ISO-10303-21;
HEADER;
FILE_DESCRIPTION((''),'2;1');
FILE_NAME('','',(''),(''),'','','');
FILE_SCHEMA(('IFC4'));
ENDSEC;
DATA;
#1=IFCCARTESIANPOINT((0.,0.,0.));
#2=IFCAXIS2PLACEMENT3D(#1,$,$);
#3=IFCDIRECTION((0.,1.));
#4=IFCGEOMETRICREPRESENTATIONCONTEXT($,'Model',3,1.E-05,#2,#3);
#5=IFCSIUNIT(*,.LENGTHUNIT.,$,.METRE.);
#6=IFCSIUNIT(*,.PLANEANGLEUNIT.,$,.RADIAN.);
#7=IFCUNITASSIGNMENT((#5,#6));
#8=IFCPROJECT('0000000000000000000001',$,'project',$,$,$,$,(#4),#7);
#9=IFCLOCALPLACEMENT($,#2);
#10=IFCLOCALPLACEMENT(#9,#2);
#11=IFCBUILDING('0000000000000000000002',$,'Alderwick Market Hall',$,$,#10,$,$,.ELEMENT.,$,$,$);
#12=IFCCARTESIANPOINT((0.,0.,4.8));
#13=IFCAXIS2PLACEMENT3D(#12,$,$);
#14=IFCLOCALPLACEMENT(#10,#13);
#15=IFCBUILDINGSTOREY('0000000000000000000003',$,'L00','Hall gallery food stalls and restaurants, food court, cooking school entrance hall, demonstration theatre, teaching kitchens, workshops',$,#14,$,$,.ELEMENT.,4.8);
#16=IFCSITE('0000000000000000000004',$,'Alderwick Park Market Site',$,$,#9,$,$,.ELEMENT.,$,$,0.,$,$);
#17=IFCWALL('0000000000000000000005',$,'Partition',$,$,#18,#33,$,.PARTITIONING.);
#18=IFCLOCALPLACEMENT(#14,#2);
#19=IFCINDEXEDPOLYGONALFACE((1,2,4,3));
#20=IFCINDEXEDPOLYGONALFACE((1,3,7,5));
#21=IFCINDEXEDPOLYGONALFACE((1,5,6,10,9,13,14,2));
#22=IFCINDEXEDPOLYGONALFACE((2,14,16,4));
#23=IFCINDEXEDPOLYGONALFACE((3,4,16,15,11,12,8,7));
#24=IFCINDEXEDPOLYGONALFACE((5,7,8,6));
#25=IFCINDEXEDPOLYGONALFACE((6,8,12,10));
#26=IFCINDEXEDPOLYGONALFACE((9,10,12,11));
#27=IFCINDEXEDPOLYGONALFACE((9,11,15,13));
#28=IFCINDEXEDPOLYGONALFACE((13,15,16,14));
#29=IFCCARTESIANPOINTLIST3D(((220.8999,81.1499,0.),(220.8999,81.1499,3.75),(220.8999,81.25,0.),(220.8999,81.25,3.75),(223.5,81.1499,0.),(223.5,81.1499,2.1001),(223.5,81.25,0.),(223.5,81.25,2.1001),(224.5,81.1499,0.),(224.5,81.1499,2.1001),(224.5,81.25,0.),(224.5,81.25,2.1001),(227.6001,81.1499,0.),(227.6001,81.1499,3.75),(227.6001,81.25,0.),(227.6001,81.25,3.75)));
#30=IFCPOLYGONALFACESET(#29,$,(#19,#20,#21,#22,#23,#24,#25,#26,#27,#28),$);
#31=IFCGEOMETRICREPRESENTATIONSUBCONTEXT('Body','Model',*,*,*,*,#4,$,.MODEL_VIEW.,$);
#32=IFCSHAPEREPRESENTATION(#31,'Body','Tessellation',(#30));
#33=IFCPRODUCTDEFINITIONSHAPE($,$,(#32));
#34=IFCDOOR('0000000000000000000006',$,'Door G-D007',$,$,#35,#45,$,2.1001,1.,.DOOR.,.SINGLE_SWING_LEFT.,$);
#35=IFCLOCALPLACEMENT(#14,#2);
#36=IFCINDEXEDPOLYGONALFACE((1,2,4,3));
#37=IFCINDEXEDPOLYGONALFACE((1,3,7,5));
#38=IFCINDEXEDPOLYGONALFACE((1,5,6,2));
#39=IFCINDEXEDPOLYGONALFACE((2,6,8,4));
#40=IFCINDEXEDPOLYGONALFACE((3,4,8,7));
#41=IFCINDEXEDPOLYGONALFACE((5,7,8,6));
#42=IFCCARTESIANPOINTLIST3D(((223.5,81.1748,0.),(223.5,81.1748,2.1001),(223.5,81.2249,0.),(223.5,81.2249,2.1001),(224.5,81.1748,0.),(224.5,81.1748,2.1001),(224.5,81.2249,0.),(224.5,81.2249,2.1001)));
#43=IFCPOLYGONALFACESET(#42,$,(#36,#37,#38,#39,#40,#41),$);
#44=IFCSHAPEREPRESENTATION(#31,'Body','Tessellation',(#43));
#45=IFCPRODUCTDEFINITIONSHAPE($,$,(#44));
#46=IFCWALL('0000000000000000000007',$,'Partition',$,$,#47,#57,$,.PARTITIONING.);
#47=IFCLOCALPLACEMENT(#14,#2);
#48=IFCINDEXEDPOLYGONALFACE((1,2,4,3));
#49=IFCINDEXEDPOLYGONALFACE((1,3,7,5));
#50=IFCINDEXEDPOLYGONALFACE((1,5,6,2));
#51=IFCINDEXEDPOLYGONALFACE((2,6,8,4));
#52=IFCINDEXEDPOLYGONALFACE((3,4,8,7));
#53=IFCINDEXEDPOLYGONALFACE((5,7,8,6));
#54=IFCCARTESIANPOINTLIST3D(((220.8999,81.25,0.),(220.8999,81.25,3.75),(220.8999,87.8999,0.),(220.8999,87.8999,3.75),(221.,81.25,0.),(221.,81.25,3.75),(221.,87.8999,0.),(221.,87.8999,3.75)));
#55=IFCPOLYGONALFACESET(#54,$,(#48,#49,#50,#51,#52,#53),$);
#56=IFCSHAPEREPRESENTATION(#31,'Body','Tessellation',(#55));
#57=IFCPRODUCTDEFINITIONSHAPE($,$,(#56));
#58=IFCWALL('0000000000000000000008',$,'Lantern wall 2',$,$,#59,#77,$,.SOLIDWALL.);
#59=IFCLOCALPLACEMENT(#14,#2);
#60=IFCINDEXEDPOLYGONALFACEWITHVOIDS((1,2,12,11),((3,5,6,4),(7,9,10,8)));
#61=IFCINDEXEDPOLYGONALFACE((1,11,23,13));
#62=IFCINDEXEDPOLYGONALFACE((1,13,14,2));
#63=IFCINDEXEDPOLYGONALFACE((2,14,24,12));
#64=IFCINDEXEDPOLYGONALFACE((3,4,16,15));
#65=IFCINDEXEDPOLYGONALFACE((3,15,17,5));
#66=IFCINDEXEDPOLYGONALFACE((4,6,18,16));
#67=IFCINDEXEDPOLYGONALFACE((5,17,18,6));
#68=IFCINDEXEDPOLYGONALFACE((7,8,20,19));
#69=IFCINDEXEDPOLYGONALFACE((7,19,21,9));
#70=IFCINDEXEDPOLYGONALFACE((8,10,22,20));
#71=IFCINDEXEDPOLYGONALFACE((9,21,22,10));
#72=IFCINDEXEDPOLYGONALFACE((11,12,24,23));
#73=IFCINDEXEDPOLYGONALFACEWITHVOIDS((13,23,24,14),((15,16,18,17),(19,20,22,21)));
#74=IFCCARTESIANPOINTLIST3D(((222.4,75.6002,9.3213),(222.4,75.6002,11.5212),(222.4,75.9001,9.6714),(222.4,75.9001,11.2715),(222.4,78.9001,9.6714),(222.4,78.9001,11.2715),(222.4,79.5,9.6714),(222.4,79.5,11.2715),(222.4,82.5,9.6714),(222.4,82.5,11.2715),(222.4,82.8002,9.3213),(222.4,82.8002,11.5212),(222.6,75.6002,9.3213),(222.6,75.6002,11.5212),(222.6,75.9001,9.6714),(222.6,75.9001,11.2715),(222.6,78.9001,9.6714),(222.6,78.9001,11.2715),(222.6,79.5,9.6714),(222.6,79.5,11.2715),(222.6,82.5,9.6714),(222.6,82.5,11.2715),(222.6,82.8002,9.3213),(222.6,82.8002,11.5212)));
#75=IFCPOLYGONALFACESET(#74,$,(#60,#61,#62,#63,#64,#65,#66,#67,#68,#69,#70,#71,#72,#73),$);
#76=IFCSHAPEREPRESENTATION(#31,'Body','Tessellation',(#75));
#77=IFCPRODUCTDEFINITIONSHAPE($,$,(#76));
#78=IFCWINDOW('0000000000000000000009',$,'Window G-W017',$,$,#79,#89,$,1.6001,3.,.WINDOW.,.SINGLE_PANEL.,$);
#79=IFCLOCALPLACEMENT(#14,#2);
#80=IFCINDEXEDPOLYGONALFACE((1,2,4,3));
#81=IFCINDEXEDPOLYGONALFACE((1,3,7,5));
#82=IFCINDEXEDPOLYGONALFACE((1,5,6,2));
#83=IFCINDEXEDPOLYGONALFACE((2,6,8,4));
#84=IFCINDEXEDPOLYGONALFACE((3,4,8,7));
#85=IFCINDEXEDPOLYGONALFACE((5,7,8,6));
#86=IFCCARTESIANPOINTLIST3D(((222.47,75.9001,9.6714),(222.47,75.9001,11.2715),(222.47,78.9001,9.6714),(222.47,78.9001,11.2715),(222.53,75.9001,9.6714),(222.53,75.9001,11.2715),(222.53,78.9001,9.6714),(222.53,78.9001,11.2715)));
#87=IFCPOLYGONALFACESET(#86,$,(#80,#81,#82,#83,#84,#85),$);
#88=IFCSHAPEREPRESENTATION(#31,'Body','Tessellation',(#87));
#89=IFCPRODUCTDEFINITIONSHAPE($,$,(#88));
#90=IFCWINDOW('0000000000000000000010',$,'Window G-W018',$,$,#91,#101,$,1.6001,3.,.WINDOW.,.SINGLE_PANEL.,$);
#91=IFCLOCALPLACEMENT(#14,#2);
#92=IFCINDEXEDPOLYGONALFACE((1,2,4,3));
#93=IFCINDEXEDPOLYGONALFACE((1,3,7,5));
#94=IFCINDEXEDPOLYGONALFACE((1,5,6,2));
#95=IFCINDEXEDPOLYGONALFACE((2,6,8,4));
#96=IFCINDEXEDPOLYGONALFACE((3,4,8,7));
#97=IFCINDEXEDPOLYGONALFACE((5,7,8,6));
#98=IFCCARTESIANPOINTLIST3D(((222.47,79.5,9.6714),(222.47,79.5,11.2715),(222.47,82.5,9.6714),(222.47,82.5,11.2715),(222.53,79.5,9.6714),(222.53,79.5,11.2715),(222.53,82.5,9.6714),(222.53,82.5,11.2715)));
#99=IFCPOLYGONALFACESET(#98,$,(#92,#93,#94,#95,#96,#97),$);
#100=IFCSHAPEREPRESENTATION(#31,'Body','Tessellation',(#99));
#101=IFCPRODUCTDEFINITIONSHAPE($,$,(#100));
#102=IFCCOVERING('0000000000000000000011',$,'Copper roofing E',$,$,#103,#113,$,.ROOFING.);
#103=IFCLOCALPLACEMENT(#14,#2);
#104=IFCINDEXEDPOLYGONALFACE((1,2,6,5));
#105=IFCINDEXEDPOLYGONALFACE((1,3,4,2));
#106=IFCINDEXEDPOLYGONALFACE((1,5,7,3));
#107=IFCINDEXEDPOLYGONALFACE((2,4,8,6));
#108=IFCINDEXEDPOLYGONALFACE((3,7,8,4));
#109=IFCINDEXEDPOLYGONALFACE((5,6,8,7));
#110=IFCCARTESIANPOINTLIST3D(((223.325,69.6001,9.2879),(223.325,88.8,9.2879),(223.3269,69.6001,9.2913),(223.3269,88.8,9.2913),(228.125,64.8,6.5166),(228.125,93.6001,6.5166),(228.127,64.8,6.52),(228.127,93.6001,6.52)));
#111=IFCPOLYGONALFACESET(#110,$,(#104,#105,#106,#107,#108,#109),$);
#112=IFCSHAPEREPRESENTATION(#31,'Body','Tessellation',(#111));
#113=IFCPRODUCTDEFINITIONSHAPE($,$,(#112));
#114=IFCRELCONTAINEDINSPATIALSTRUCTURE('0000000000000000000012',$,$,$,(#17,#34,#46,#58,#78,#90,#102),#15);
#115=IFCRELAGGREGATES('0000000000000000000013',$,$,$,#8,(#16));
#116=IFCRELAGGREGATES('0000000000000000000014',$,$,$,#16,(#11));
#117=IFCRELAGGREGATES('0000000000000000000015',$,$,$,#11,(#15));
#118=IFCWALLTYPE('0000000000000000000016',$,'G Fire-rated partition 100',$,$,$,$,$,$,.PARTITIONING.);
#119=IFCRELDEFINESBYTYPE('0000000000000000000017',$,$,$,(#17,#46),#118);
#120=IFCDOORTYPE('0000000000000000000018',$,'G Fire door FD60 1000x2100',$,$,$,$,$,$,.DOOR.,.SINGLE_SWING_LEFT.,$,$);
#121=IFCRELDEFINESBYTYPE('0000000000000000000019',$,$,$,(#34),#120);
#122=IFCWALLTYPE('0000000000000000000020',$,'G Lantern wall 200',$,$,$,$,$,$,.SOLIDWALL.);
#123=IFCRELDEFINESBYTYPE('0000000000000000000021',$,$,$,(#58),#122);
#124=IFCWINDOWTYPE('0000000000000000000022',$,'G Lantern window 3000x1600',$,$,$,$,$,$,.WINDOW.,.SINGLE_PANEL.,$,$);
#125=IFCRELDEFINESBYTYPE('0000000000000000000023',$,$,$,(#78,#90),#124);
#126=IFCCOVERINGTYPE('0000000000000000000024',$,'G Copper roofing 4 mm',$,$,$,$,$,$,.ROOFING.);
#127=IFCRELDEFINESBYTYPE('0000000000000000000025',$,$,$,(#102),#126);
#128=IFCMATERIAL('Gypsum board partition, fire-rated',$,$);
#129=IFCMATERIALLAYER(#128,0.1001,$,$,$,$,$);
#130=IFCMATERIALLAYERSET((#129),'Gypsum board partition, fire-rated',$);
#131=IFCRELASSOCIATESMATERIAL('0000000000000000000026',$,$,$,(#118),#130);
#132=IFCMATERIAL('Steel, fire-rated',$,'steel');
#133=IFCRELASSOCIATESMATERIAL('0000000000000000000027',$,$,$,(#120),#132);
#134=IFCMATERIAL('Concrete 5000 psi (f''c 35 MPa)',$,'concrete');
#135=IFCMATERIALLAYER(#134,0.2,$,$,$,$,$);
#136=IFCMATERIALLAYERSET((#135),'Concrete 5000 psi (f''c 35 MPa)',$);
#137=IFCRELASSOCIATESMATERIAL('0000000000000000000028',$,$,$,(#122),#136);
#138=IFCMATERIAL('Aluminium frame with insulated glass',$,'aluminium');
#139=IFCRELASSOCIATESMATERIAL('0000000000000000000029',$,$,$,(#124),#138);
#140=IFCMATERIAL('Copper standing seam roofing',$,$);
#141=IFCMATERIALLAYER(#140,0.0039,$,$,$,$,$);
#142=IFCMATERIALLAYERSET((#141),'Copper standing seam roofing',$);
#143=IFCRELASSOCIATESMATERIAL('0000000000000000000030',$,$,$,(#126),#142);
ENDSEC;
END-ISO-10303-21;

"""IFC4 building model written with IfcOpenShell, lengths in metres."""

from ifc_helpers import new_model, si_unit, direction, frame, frame_2d, origin, place, context, subcontext, project, spatial, polyline, rectangle, outline, extrude, material, layer, layer_set, type_object, element, fill, save


model = new_model("IFC4")

# Units and contexts
model_context = context("Model", 3, precision=1e-05, world=origin(), true_north=direction((0.0, 1.0)))
body_context = subcontext(model_context, "Body", "Model", "MODEL_VIEW")
ifc_project = project(units=[si_unit("LENGTHUNIT", "METRE"), si_unit("PLANEANGLEUNIT", "RADIAN")], contexts=[model_context])

# Site, building, storey
site_placement = place(None, origin())
site = spatial("IfcSite", under=ifc_project, at=site_placement, Name="Alderwick Park Market Site", CompositionType="ELEMENT", RefElevation=0.0)
building_placement = place(site_placement, origin())
building = spatial("IfcBuilding", under=site, at=building_placement, Name="Alderwick Market Hall", CompositionType="ELEMENT")
storey_placement = place(building_placement, frame((0.0, 0.0, 4.8)))
storey = spatial("IfcBuildingStorey", under=building, at=storey_placement, Name="L00", Description="Hall gallery food stalls and restaurants, food court, cooking school entrance hall, demonstration theatre, teaching kitchens, workshops", CompositionType="ELEMENT", Elevation=4.8)

# Shared definitions
ifc_material_1 = material(Name="Concrete 5000 psi (f'c 35 MPa)", Category="concrete")

# Shared definitions
ifc_material_2 = material(Name="Steel, fire-rated", Category="steel")
ifc_material_3 = material(Name="Aluminium frame with insulated glass", Category="aluminium")

# Wall, opening, door
ifc_material_4 = material(Name="Gypsum board partition, fire-rated")
ifc_layer_1 = layer(ifc_material_4, 0.1001)
ifc_layer_set_1 = layer_set([ifc_layer_1], Name="Gypsum board partition, fire-rated")
wall_type_1 = type_object("IfcWallType", Name="G Fire-rated partition 100", PredefinedType="PARTITIONING", material=ifc_layer_set_1)
wall_1_placement = place(storey_placement, frame((220.8999, 81.2, 0.0), z_axis=(0.0, 0.0, 1.0), x_axis=(1.0, 0.0, 0.0)))
wall_1 = element("IfcWall", 1, at=wall_1_placement, inside=storey, type_object=wall_type_1, Name="Partition", PredefinedType="PARTITIONING", context=body_context, shape_type="SweptSolid", body=[
    extrude(rectangle(XDim=6.7002, YDim=0.1001, at=frame_2d((3.3501, 0.0))), origin(), (0.0, 0.0, 1.0), 3.75),
])
opening_1_placement = place(wall_1_placement, frame((2.6001, 0.0, 0.0)))
opening_1 = element("IfcOpeningElement", 2, at=opening_1_placement, cuts=wall_1, PredefinedType="OPENING", context=body_context, shape_type="SweptSolid", body=[
    extrude(rectangle(XDim=1.0, YDim=2.1001, at=frame_2d((0.5, 1.05))), frame((0.0, 0.0601, 0.0), z_axis=(0.0, -1.0, 0.0), x_axis=(1.0, 0.0, 0.0)), (0.0, 0.0, 1.0), 0.1201),
])
door_type_1 = type_object("IfcDoorType", Name="G Fire door FD60 1000x2100", OperationType="SINGLE_SWING_LEFT", PredefinedType="DOOR", material=ifc_material_2)
door_1_placement = place(opening_1_placement, origin())
door_1 = element("IfcDoor", 3, at=door_1_placement, inside=storey, type_object=door_type_1, Name="Door G-D007", OperationType="SINGLE_SWING_LEFT", OverallHeight=2.1001, OverallWidth=1.0, PredefinedType="DOOR", context=body_context, shape_type="SweptSolid", body=[
    extrude(rectangle(XDim=1.0, YDim=2.1001, at=frame_2d((0.5, 1.05))), frame((0.0, 0.0249, 0.0), z_axis=(0.0, -1.0, 0.0), x_axis=(1.0, 0.0, 0.0)), (0.0, 0.0, 1.0), 0.05),
])
fill(opening_1, door_1)

# Wall
wall_2_placement = place(storey_placement, frame((220.95, 81.25, 0.0), z_axis=(0.0, 0.0, 1.0), x_axis=(0.0, 1.0, 0.0)))
element("IfcWall", 4, at=wall_2_placement, inside=storey, type_object=wall_type_1, Name="Partition", PredefinedType="PARTITIONING", context=body_context, shape_type="SweptSolid", body=[
    extrude(rectangle(XDim=6.6499, YDim=0.1001, at=frame_2d((3.325, 0.0))), origin(), (0.0, 0.0, 1.0), 3.75),
])

# Wall, openings, windows
ifc_layer_2 = layer(ifc_material_1, 0.2)
ifc_layer_set_2 = layer_set([ifc_layer_2], Name="Concrete 5000 psi (f'c 35 MPa)")
wall_type_2 = type_object("IfcWallType", Name="G Lantern wall 200", PredefinedType="SOLIDWALL", material=ifc_layer_set_2)
wall_3_placement = place(storey_placement, frame((222.5, 75.6001, 9.3213), z_axis=(0.0, 0.0, 1.0), x_axis=(0.0, 1.0, 0.0)))
wall_3 = element("IfcWall", 5, at=wall_3_placement, inside=storey, type_object=wall_type_2, Name="Lantern wall 2", PredefinedType="SOLIDWALL", context=body_context, shape_type="SweptSolid", body=[
    extrude(rectangle(XDim=7.2, YDim=0.2, at=frame_2d((3.6001, 0.0))), origin(), (0.0, 0.0, 1.0), 2.2),
])
opening_2_placement = place(wall_3_placement, frame((0.3, 0.0, 0.3501)))
opening_2 = element("IfcOpeningElement", 6, at=opening_2_placement, cuts=wall_3, PredefinedType="OPENING", context=body_context, shape_type="SweptSolid", body=[
    extrude(rectangle(XDim=3.0, YDim=1.6001, at=frame_2d((1.5, 0.8))), frame((0.0, 0.1099, 0.0), z_axis=(0.0, -1.0, 0.0), x_axis=(1.0, 0.0, 0.0)), (0.0, 0.0, 1.0), 0.22),
])
opening_3_placement = place(wall_3_placement, frame((3.8999, 0.0, 0.3501)))
opening_3 = element("IfcOpeningElement", 7, at=opening_3_placement, cuts=wall_3, PredefinedType="OPENING", context=body_context, shape_type="SweptSolid", body=[
    extrude(rectangle(XDim=3.0, YDim=1.6001, at=frame_2d((1.5, 0.8))), frame((0.0, 0.1099, 0.0), z_axis=(0.0, -1.0, 0.0), x_axis=(1.0, 0.0, 0.0)), (0.0, 0.0, 1.0), 0.22),
])
window_type_1 = type_object("IfcWindowType", Name="G Lantern window 3000x1600", PartitioningType="SINGLE_PANEL", PredefinedType="WINDOW", material=ifc_material_3)
window_1_placement = place(opening_2_placement, origin())
window_1 = element("IfcWindow", 8, at=window_1_placement, inside=storey, type_object=window_type_1, Name="Window G-W017", OverallHeight=1.6001, OverallWidth=3.0, PartitioningType="SINGLE_PANEL", PredefinedType="WINDOW", context=body_context, shape_type="SweptSolid", body=[
    extrude(rectangle(XDim=3.0, YDim=1.6001, at=frame_2d((1.5, 0.8))), frame((0.0, 0.03, 0.0), z_axis=(0.0, -1.0, 0.0), x_axis=(1.0, 0.0, 0.0)), (0.0, 0.0, 1.0), 0.0601),
])
fill(opening_2, window_1)
window_2_placement = place(opening_3_placement, origin())
window_2 = element("IfcWindow", 9, at=window_2_placement, inside=storey, type_object=window_type_1, Name="Window G-W018", OverallHeight=1.6001, OverallWidth=3.0, PartitioningType="SINGLE_PANEL", PredefinedType="WINDOW", context=body_context, shape_type="SweptSolid", body=[
    extrude(rectangle(XDim=3.0, YDim=1.6001, at=frame_2d((1.5, 0.8))), frame((0.0, 0.03, 0.0), z_axis=(0.0, -1.0, 0.0), x_axis=(1.0, 0.0, 0.0)), (0.0, 0.0, 1.0), 0.0601),
])
fill(opening_3, window_2)

# Covering
ifc_material_5 = material(Name="Copper standing seam roofing")
ifc_layer_3 = layer(ifc_material_5, 0.0039)
ifc_layer_set_3 = layer_set([ifc_layer_3], Name="Copper standing seam roofing")
covering_type = type_object("IfcCoveringType", Name="G Copper roofing 4 mm", PredefinedType="ROOFING", material=ifc_layer_set_3)
covering_placement = place(storey_placement, frame((228.127, 64.8, 6.52), z_axis=(0.499991, 0.0, 0.866031), x_axis=(0.0, 1.0, 0.0)))
element("IfcCovering", 10, at=covering_placement, inside=storey, type_object=covering_type, Name="Copper roofing E", PredefinedType="ROOFING", context=body_context, shape_type="SweptSolid", body=[
    extrude(outline(polyline([(0.0, 0.0), (28.8, 0.0), (24.0, 5.5426), (4.8, 5.5426), (0.0, 0.0)])), origin(), (0.0, 0.0, -1.0), 0.0039),
])

save(model, "model.ifc")
